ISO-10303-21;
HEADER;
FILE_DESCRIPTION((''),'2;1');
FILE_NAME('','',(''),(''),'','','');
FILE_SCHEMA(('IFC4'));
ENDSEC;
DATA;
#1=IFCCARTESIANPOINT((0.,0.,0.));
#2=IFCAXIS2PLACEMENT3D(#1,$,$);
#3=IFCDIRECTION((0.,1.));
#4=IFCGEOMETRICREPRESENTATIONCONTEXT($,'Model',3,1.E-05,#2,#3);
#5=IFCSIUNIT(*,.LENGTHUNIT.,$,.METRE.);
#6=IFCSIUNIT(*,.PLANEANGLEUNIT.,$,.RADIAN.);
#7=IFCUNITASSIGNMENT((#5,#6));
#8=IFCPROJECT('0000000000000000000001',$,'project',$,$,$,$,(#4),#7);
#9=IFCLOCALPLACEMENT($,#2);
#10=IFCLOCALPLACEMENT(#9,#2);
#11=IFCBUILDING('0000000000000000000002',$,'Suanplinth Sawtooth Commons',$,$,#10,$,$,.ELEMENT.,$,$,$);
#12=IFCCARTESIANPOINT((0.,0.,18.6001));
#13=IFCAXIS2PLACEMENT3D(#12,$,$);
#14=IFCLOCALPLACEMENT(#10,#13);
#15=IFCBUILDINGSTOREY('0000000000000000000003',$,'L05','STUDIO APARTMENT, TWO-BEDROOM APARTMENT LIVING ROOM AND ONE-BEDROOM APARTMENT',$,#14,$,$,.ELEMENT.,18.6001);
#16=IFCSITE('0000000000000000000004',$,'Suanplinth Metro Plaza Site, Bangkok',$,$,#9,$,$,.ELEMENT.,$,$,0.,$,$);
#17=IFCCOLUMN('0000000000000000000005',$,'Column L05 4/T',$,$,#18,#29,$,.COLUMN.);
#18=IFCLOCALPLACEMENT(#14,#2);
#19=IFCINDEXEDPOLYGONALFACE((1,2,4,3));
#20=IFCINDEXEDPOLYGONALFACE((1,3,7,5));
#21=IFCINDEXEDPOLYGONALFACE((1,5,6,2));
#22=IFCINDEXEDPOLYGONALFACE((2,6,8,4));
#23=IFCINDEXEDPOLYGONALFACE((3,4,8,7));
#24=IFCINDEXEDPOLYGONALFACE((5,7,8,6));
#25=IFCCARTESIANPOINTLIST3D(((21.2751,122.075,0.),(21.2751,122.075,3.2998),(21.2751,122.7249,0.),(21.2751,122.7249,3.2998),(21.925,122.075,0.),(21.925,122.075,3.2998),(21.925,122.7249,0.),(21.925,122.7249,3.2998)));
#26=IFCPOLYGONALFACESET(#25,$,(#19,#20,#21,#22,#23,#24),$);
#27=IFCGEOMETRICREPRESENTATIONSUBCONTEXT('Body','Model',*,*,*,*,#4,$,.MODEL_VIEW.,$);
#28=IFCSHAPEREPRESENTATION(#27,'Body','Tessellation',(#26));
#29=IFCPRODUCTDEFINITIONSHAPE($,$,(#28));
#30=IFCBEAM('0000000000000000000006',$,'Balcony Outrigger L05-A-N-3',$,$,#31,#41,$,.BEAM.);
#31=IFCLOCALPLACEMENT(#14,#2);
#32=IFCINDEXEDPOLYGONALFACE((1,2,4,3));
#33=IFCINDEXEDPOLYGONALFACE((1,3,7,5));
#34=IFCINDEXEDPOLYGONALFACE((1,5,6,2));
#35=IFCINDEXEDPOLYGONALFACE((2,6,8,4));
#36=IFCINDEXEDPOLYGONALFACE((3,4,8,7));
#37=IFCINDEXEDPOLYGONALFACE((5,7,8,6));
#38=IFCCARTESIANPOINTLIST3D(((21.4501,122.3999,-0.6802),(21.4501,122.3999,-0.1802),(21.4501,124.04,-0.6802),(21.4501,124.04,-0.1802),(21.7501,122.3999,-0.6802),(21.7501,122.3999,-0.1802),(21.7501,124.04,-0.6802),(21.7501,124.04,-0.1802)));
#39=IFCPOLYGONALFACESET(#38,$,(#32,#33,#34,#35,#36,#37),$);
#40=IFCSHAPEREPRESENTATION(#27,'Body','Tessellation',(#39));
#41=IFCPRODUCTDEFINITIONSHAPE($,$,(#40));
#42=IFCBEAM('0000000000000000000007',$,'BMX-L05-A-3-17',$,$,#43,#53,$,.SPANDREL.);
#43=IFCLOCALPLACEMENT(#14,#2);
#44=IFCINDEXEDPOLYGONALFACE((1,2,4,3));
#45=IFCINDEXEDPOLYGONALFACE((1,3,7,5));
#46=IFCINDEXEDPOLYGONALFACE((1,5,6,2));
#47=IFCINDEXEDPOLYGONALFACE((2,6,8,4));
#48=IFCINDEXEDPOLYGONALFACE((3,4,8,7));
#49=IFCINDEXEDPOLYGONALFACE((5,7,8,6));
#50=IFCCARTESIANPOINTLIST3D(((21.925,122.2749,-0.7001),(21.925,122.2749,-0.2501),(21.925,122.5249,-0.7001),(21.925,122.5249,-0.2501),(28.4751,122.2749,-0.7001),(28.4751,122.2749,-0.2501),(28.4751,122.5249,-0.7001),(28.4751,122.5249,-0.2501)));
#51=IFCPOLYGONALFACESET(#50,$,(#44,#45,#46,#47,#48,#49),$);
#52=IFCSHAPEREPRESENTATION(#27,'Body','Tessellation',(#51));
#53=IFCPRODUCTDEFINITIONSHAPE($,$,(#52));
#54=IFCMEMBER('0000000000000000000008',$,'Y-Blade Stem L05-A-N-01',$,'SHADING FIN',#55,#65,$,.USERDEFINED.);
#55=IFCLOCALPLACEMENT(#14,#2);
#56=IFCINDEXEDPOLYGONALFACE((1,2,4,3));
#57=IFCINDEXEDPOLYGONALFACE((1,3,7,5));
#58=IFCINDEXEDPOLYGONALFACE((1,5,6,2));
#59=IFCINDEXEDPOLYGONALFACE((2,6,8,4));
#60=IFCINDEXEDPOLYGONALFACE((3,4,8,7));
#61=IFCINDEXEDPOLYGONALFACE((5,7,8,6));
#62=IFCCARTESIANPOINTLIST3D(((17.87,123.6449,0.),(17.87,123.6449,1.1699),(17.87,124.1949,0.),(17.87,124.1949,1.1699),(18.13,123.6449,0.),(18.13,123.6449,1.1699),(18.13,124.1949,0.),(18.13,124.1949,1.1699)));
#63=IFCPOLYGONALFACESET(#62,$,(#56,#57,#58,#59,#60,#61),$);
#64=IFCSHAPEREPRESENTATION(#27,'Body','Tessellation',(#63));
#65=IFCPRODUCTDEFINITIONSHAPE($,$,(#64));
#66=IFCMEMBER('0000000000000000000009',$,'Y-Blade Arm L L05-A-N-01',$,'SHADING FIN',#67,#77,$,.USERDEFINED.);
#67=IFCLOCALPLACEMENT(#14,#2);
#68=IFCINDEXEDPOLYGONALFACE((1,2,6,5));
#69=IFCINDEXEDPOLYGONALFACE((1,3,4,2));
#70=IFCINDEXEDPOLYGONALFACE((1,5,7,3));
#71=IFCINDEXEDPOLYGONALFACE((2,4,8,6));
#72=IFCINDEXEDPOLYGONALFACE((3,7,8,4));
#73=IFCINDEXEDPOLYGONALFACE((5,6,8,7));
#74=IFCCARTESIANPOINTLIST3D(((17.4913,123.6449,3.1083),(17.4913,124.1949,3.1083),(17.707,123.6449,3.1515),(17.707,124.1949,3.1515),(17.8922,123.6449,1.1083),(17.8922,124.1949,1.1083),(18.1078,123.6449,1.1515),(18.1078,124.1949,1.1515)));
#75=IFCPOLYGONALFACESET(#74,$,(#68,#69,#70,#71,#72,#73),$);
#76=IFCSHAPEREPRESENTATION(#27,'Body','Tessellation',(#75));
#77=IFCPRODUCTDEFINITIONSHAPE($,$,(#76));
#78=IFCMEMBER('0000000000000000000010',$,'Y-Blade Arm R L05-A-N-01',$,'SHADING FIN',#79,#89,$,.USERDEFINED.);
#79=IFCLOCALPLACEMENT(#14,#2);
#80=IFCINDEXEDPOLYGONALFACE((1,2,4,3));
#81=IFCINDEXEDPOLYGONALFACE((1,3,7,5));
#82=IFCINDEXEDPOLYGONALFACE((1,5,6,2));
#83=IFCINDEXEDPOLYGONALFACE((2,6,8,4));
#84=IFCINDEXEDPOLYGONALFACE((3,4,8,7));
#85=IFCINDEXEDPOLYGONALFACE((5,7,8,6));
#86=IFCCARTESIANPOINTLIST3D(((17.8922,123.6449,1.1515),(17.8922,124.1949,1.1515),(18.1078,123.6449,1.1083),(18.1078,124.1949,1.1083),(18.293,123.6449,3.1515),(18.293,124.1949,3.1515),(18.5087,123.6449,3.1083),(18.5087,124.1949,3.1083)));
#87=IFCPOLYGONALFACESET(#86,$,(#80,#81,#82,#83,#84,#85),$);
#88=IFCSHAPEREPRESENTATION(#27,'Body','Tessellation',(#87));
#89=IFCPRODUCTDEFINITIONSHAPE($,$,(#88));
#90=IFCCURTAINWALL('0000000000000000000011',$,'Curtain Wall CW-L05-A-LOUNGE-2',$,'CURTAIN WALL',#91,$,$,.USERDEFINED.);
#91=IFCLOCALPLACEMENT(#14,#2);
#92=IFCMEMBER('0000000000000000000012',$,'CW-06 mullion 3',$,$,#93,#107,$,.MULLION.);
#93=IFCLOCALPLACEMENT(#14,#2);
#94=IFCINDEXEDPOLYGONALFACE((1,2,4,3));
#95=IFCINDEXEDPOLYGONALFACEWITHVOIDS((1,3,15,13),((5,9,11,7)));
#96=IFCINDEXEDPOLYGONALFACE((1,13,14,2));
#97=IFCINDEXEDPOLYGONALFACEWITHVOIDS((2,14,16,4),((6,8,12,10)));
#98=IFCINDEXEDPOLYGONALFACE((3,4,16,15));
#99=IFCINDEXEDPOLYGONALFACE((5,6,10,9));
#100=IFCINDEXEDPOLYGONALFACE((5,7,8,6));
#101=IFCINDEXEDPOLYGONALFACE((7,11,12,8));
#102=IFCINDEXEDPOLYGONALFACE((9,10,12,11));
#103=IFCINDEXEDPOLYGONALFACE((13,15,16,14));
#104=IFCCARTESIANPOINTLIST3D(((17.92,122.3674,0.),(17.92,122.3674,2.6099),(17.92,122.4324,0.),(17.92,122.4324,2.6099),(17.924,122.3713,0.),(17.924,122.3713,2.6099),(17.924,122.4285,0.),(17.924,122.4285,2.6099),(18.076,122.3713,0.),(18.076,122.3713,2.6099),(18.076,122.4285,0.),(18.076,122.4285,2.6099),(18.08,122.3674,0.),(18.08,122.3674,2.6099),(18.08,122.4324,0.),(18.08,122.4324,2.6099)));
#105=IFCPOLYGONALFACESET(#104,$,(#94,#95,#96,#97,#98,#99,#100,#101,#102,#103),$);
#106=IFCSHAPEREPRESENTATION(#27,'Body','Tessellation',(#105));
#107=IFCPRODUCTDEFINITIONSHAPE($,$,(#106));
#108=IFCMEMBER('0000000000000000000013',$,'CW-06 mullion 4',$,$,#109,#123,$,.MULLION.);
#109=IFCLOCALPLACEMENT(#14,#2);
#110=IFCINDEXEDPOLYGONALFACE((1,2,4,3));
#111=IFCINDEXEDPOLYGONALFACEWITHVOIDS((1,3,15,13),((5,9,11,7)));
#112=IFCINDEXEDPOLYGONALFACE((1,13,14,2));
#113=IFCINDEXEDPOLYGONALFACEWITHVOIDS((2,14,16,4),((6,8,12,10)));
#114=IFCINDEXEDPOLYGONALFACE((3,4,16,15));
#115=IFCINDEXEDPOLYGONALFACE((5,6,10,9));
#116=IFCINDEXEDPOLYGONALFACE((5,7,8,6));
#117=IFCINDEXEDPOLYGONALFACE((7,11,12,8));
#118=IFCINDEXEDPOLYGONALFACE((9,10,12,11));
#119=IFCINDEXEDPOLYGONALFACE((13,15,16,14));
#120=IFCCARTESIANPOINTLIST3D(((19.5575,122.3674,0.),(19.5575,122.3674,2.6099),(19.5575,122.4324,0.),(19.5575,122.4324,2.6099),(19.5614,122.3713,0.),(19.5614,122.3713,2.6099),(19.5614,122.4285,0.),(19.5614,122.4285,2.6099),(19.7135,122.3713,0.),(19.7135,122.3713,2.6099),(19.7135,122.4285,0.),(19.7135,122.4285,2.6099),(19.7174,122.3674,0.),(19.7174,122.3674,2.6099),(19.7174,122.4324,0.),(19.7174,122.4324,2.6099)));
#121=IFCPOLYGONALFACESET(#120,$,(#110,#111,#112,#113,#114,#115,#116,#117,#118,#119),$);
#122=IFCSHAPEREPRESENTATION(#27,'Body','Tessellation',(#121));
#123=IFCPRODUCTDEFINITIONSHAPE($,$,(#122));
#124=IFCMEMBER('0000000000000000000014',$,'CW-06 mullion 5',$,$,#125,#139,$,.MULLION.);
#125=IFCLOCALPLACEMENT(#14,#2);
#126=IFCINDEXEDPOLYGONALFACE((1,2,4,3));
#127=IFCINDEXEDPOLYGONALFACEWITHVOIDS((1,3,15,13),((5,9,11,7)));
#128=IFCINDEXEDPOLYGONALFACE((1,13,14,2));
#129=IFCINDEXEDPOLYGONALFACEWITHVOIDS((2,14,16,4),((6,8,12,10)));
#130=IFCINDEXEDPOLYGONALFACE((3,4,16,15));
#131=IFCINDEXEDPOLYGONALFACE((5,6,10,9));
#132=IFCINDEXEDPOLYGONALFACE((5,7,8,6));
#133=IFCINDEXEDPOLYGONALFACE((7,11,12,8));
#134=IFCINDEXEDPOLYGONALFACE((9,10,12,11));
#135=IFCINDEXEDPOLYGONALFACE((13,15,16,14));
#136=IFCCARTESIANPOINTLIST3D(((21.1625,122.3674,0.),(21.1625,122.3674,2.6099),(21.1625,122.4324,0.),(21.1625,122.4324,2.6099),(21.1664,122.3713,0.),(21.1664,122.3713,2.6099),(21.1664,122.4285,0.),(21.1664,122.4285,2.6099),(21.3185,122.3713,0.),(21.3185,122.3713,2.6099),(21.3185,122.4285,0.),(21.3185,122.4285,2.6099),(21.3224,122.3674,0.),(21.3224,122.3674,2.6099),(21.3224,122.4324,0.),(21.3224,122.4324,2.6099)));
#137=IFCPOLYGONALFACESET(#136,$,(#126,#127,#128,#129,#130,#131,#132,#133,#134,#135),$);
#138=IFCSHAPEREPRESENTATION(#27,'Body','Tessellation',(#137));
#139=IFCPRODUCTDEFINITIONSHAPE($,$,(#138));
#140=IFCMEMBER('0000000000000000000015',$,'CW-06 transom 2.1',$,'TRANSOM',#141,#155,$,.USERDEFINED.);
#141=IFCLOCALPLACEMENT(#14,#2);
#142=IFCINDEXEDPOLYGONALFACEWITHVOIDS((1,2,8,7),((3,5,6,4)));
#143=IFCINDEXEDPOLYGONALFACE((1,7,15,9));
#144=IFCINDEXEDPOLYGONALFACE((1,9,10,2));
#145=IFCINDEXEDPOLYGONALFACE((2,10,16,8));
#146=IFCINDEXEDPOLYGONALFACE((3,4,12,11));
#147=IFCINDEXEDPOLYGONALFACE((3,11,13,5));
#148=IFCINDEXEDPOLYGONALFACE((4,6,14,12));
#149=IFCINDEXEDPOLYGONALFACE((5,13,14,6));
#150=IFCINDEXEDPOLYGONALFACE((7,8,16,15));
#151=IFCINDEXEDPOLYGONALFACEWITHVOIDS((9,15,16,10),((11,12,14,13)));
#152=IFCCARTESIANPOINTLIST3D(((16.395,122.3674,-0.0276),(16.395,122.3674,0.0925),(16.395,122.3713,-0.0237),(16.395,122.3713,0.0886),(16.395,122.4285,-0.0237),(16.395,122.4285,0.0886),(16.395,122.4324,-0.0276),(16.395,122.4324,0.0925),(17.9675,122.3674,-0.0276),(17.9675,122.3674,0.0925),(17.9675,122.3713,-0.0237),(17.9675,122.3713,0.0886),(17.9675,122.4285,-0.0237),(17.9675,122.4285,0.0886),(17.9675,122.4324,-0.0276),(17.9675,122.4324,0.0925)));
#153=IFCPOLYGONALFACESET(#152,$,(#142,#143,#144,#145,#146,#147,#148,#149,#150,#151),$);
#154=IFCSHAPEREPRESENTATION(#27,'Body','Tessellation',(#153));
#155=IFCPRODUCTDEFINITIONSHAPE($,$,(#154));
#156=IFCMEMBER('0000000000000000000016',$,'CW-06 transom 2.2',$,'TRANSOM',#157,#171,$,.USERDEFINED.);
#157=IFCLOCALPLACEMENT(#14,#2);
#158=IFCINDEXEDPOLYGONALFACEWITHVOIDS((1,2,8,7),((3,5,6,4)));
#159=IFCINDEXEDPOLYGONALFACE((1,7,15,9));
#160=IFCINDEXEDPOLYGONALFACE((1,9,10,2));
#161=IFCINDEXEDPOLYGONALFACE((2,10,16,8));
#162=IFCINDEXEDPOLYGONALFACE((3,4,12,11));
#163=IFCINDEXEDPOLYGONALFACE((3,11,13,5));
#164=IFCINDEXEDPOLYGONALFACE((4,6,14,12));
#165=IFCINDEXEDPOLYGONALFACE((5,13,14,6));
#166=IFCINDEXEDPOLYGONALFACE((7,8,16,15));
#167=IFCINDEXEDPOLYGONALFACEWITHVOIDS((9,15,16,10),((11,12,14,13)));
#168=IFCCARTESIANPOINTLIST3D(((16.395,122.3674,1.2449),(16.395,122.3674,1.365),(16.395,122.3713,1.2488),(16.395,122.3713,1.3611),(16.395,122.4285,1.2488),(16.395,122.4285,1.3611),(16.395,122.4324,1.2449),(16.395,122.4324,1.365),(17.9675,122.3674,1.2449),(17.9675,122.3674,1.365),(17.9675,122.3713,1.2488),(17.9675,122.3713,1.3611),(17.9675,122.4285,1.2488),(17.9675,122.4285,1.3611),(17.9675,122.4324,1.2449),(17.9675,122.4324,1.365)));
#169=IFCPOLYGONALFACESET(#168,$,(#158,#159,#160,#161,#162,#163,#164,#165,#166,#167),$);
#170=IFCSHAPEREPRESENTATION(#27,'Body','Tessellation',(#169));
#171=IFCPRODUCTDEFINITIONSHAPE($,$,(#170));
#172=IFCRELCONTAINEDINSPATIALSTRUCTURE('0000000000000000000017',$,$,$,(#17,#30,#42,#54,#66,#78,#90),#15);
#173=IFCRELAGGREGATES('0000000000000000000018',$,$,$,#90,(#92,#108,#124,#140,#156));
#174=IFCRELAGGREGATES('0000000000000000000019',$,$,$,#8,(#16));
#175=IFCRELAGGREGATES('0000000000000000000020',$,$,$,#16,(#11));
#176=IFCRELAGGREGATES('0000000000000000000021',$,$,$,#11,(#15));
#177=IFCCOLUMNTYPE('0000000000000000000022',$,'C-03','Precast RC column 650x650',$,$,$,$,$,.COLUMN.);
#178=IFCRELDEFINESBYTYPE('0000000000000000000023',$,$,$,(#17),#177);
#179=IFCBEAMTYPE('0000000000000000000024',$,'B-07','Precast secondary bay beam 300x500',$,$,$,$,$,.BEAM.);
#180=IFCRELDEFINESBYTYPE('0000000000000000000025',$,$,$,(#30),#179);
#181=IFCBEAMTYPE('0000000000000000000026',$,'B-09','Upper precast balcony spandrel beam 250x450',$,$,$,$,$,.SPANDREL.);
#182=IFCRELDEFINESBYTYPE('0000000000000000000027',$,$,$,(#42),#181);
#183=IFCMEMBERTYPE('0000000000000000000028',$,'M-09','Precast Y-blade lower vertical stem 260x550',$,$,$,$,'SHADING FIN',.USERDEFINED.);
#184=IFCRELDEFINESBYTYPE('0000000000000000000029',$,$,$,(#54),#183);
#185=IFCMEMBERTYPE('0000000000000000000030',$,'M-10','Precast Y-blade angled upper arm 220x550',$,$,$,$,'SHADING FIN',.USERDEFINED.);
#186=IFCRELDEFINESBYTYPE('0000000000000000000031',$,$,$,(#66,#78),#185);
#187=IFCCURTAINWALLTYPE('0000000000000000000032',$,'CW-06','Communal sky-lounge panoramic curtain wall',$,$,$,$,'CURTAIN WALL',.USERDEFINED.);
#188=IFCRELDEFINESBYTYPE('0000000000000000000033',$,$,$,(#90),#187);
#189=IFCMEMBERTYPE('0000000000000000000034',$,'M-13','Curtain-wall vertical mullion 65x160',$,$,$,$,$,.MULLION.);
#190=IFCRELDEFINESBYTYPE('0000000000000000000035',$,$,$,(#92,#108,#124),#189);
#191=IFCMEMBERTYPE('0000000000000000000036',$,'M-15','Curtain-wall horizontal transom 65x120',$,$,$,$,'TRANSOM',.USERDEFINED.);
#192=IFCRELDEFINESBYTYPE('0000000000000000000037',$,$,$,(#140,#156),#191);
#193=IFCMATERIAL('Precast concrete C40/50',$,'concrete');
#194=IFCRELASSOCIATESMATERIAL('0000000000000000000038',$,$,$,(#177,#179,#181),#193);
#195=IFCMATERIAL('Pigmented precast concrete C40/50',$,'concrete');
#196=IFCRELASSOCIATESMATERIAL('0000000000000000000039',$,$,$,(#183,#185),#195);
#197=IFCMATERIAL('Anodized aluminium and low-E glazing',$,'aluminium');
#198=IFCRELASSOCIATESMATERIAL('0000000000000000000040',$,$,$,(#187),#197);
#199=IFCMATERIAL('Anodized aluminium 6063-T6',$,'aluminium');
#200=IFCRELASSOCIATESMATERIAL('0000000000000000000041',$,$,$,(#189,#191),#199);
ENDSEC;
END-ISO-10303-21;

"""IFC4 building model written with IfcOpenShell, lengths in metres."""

from ifc_helpers import new_model, si_unit, direction, frame, origin, origin_2d, place, context, subcontext, project, spatial, rectangle, hollow_rectangle, extrude, material, material_profile, profile_set, type_object, element, aggregate, save


model = new_model("IFC4")

# Units and contexts
model_context = context("Model", 3, precision=1e-05, world=origin(), true_north=direction((0.0, 1.0)))
body_context = subcontext(model_context, "Body", "Model", "MODEL_VIEW")
ifc_project = project(units=[si_unit("LENGTHUNIT", "METRE"), si_unit("PLANEANGLEUNIT", "RADIAN")], contexts=[model_context])

# Site, building, storey
site_placement = place(None, origin())
site = spatial("IfcSite", under=ifc_project, at=site_placement, Name="Suanplinth Metro Plaza Site, Bangkok", CompositionType="ELEMENT", RefElevation=0.0)
building_placement = place(site_placement, origin())
building = spatial("IfcBuilding", under=site, at=building_placement, Name="Suanplinth Sawtooth Commons", CompositionType="ELEMENT")
storey_placement = place(building_placement, frame((0.0, 0.0, 18.6001)))
storey = spatial("IfcBuildingStorey", under=building, at=storey_placement, Name="L05", Description="STUDIO APARTMENT, TWO-BEDROOM APARTMENT LIVING ROOM AND ONE-BEDROOM APARTMENT", CompositionType="ELEMENT", Elevation=18.6001)

# Column
ifc_material_1 = material(Name="Precast concrete C40/50", Category="concrete")
ifc_material_profile_1 = material_profile(ifc_material_1, rectangle(XDim=0.6499, YDim=0.6499, at=origin_2d()), Name="PC-COL 650x650")
ifc_profile_set_1 = profile_set([ifc_material_profile_1], Name="Precast concrete C40/50")
column_type = type_object("IfcColumnType", Name="C-03", Description="Precast RC column 650x650", PredefinedType="COLUMN", material=ifc_profile_set_1)
column_placement = place(storey_placement, frame((21.6001, 122.3999, 0.0), z_axis=(0.0, 0.0, 1.0), x_axis=(1.0, 0.0, 0.0)))
element("IfcColumn", 1, at=column_placement, inside=storey, type_object=column_type, Name="Column L05 4/T", PredefinedType="COLUMN", context=body_context, shape_type="SweptSolid", body=[
    extrude(rectangle(XDim=0.6499, YDim=0.6499, at=origin_2d()), origin(), (0.0, 0.0, 1.0), 3.2998),
])

# Beams
ifc_material_profile_2 = material_profile(ifc_material_1, rectangle(XDim=0.3, YDim=0.5, at=origin_2d()), Name="PC-BM 300x500")
ifc_profile_set_2 = profile_set([ifc_material_profile_2], Name="Precast concrete C40/50")
beam_type_1 = type_object("IfcBeamType", Name="B-07", Description="Precast secondary bay beam 300x500", PredefinedType="BEAM", material=ifc_profile_set_2)
beam_1_placement = place(storey_placement, frame((21.6001, 122.3999, -0.4302), z_axis=(0.0, 1.0, 0.0), x_axis=(-1.0, 0.0, 0.0)))
element("IfcBeam", 2, at=beam_1_placement, inside=storey, type_object=beam_type_1, Name="Balcony Outrigger L05-A-N-3", PredefinedType="BEAM", context=body_context, shape_type="SweptSolid", body=[
    extrude(rectangle(XDim=0.3, YDim=0.5, at=origin_2d()), origin(), (0.0, 0.0, 1.0), 1.6401),
])
ifc_material_profile_3 = material_profile(ifc_material_1, rectangle(XDim=0.25, YDim=0.45, at=origin_2d()), Name="PC-SP 250x450")
ifc_profile_set_3 = profile_set([ifc_material_profile_3], Name="Precast concrete C40/50")
beam_type_2 = type_object("IfcBeamType", Name="B-09", Description="Upper precast balcony spandrel beam 250x450", PredefinedType="SPANDREL", material=ifc_profile_set_3)
beam_2_placement = place(storey_placement, frame((21.925, 122.3999, -0.4751), z_axis=(1.0, 0.0, 0.0), x_axis=(0.0, 1.0, 0.0)))
element("IfcBeam", 3, at=beam_2_placement, inside=storey, type_object=beam_type_2, Name="BMX-L05-A-3-17", PredefinedType="SPANDREL", context=body_context, shape_type="SweptSolid", body=[
    extrude(rectangle(XDim=0.25, YDim=0.45, at=origin_2d()), origin(), (0.0, 0.0, 1.0), 6.55),
])

# Members
ifc_material_2 = material(Name="Pigmented precast concrete C40/50", Category="concrete")
ifc_material_profile_4 = material_profile(ifc_material_2, rectangle(XDim=0.26, YDim=0.55, at=origin_2d()), Name="PC-FIN 260x550")
ifc_profile_set_4 = profile_set([ifc_material_profile_4], Name="Pigmented precast concrete C40/50")
member_type_1 = type_object("IfcMemberType", Name="M-09", Description="Precast Y-blade lower vertical stem 260x550", ElementType="SHADING FIN", PredefinedType="USERDEFINED", material=ifc_profile_set_4)
member_1_placement = place(storey_placement, frame((18.0, 123.9199, 0.0), z_axis=(0.0, 0.0, 1.0), x_axis=(1.0, 0.0, 0.0)))
element("IfcMember", 4, at=member_1_placement, inside=storey, type_object=member_type_1, Name="Y-Blade Stem L05-A-N-01", ObjectType="SHADING FIN", PredefinedType="USERDEFINED", context=body_context, shape_type="SweptSolid", body=[
    extrude(rectangle(XDim=0.26, YDim=0.55, at=origin_2d()), origin(), (0.0, 0.0, 1.0), 1.1699),
])
ifc_material_profile_5 = material_profile(ifc_material_2, rectangle(XDim=0.22, YDim=0.55, at=origin_2d()), Name="PC-FIN 220x550")
ifc_profile_set_5 = profile_set([ifc_material_profile_5], Name="Pigmented precast concrete C40/50")
member_type_2 = type_object("IfcMemberType", Name="M-10", Description="Precast Y-blade angled upper arm 220x550", ElementType="SHADING FIN", PredefinedType="USERDEFINED", material=ifc_profile_set_5)
for number, where, z_axis, x_axis, name in (
    (5, (18.0, 123.9199, 1.1299), (-0.19653, 0.0, 0.980498), (0.980498, 0.0, 0.19653), "Y-Blade Arm L L05-A-N-01"),
    (6, (18.0, 123.9199, 1.1299), (0.19653, 0.0, 0.980498), (-0.980498, 0.0, 0.19653), "Y-Blade Arm R L05-A-N-01"),
):
    element("IfcMember", number, at=place(storey_placement, frame(where, z_axis=z_axis, x_axis=x_axis)), inside=storey, type_object=member_type_2, Name=name, ObjectType="SHADING FIN", PredefinedType="USERDEFINED", context=body_context, shape_type="SweptSolid", body=[
        extrude(rectangle(XDim=0.22, YDim=0.55, at=origin_2d()), origin(), (0.0, 0.0, 1.0), 2.0398),
    ])

# Curtain wall, members
ifc_material_3 = material(Name="Anodized aluminium and low-E glazing", Category="aluminium")
curtain_wall_type = type_object("IfcCurtainWallType", Name="CW-06", Description="Communal sky-lounge panoramic curtain wall", ElementType="CURTAIN WALL", PredefinedType="USERDEFINED", material=ifc_material_3)
curtain_wall_placement = place(storey_placement, origin())
curtain_wall = element("IfcCurtainWall", 7, at=curtain_wall_placement, inside=storey, type_object=curtain_wall_type, Name="Curtain Wall CW-L05-A-LOUNGE-2", ObjectType="CURTAIN WALL", PredefinedType="USERDEFINED")
ifc_material_4 = material(Name="Anodized aluminium 6063-T6", Category="aluminium")
ifc_material_profile_6 = material_profile(ifc_material_4, hollow_rectangle(XDim=0.0649, YDim=0.1599, WallThickness=0.0039, at=origin_2d()), Name="ALU-MUL 65x160")
ifc_profile_set_6 = profile_set([ifc_material_profile_6], Name="Anodized aluminium 6063-T6")
member_type_3 = type_object("IfcMemberType", Name="M-13", Description="Curtain-wall vertical mullion 65x160", PredefinedType="MULLION", material=ifc_profile_set_6)
member_2_placement = place(storey_placement, frame((18.0, 122.3999, 0.0), z_axis=(0.0, 0.0, 1.0), x_axis=(0.0, 1.0, 0.0)))
member_2 = element("IfcMember", 8, at=member_2_placement, type_object=member_type_3, Name="CW-06 mullion 3", PredefinedType="MULLION", context=body_context, shape_type="SweptSolid", body=[
    extrude(hollow_rectangle(XDim=0.0649, YDim=0.1599, WallThickness=0.0039, at=origin_2d()), origin(), (0.0, 0.0, 1.0), 2.6099),
])
member_3_placement = place(storey_placement, frame((19.6375, 122.3999, 0.0), z_axis=(0.0, 0.0, 1.0), x_axis=(0.0, 1.0, 0.0)))
member_3 = element("IfcMember", 9, at=member_3_placement, type_object=member_type_3, Name="CW-06 mullion 4", PredefinedType="MULLION", context=body_context, shape_type="SweptSolid", body=[
    extrude(hollow_rectangle(XDim=0.0649, YDim=0.1599, WallThickness=0.0039, at=origin_2d()), origin(), (0.0, 0.0, 1.0), 2.6099),
])
member_4_placement = place(storey_placement, frame((21.2424, 122.3999, 0.0), z_axis=(0.0, 0.0, 1.0), x_axis=(0.0, 1.0, 0.0)))
member_4 = element("IfcMember", 10, at=member_4_placement, type_object=member_type_3, Name="CW-06 mullion 5", PredefinedType="MULLION", context=body_context, shape_type="SweptSolid", body=[
    extrude(hollow_rectangle(XDim=0.0649, YDim=0.1599, WallThickness=0.0039, at=origin_2d()), origin(), (0.0, 0.0, 1.0), 2.6099),
])
ifc_material_profile_7 = material_profile(ifc_material_4, hollow_rectangle(XDim=0.0649, YDim=0.1201, WallThickness=0.0039, at=origin_2d()), Name="ALU-TRN 65x120")
ifc_profile_set_7 = profile_set([ifc_material_profile_7], Name="Anodized aluminium 6063-T6")
member_type_4 = type_object("IfcMemberType", Name="M-15", Description="Curtain-wall horizontal transom 65x120", ElementType="TRANSOM", PredefinedType="USERDEFINED", material=ifc_profile_set_7)
member_5_placement = place(storey_placement, frame((16.395, 122.3999, 0.0325), z_axis=(1.0, 0.0, 0.0), x_axis=(0.0, 1.0, 0.0)))
member_5 = element("IfcMember", 11, at=member_5_placement, type_object=member_type_4, Name="CW-06 transom 2.1", ObjectType="TRANSOM", PredefinedType="USERDEFINED", context=body_context, shape_type="SweptSolid", body=[
    extrude(hollow_rectangle(XDim=0.0649, YDim=0.1201, WallThickness=0.0039, at=origin_2d()), origin(), (0.0, 0.0, 1.0), 1.5725),
])
member_6_placement = place(storey_placement, frame((16.395, 122.3999, 1.3049), z_axis=(1.0, 0.0, 0.0), x_axis=(0.0, 1.0, 0.0)))
member_6 = element("IfcMember", 12, at=member_6_placement, type_object=member_type_4, Name="CW-06 transom 2.2", ObjectType="TRANSOM", PredefinedType="USERDEFINED", context=body_context, shape_type="SweptSolid", body=[
    extrude(hollow_rectangle(XDim=0.0649, YDim=0.1201, WallThickness=0.0039, at=origin_2d()), origin(), (0.0, 0.0, 1.0), 1.5725),
])

aggregate(curtain_wall, [member_2, member_3, member_4, member_5, member_6])

save(model, "model.ifc")
